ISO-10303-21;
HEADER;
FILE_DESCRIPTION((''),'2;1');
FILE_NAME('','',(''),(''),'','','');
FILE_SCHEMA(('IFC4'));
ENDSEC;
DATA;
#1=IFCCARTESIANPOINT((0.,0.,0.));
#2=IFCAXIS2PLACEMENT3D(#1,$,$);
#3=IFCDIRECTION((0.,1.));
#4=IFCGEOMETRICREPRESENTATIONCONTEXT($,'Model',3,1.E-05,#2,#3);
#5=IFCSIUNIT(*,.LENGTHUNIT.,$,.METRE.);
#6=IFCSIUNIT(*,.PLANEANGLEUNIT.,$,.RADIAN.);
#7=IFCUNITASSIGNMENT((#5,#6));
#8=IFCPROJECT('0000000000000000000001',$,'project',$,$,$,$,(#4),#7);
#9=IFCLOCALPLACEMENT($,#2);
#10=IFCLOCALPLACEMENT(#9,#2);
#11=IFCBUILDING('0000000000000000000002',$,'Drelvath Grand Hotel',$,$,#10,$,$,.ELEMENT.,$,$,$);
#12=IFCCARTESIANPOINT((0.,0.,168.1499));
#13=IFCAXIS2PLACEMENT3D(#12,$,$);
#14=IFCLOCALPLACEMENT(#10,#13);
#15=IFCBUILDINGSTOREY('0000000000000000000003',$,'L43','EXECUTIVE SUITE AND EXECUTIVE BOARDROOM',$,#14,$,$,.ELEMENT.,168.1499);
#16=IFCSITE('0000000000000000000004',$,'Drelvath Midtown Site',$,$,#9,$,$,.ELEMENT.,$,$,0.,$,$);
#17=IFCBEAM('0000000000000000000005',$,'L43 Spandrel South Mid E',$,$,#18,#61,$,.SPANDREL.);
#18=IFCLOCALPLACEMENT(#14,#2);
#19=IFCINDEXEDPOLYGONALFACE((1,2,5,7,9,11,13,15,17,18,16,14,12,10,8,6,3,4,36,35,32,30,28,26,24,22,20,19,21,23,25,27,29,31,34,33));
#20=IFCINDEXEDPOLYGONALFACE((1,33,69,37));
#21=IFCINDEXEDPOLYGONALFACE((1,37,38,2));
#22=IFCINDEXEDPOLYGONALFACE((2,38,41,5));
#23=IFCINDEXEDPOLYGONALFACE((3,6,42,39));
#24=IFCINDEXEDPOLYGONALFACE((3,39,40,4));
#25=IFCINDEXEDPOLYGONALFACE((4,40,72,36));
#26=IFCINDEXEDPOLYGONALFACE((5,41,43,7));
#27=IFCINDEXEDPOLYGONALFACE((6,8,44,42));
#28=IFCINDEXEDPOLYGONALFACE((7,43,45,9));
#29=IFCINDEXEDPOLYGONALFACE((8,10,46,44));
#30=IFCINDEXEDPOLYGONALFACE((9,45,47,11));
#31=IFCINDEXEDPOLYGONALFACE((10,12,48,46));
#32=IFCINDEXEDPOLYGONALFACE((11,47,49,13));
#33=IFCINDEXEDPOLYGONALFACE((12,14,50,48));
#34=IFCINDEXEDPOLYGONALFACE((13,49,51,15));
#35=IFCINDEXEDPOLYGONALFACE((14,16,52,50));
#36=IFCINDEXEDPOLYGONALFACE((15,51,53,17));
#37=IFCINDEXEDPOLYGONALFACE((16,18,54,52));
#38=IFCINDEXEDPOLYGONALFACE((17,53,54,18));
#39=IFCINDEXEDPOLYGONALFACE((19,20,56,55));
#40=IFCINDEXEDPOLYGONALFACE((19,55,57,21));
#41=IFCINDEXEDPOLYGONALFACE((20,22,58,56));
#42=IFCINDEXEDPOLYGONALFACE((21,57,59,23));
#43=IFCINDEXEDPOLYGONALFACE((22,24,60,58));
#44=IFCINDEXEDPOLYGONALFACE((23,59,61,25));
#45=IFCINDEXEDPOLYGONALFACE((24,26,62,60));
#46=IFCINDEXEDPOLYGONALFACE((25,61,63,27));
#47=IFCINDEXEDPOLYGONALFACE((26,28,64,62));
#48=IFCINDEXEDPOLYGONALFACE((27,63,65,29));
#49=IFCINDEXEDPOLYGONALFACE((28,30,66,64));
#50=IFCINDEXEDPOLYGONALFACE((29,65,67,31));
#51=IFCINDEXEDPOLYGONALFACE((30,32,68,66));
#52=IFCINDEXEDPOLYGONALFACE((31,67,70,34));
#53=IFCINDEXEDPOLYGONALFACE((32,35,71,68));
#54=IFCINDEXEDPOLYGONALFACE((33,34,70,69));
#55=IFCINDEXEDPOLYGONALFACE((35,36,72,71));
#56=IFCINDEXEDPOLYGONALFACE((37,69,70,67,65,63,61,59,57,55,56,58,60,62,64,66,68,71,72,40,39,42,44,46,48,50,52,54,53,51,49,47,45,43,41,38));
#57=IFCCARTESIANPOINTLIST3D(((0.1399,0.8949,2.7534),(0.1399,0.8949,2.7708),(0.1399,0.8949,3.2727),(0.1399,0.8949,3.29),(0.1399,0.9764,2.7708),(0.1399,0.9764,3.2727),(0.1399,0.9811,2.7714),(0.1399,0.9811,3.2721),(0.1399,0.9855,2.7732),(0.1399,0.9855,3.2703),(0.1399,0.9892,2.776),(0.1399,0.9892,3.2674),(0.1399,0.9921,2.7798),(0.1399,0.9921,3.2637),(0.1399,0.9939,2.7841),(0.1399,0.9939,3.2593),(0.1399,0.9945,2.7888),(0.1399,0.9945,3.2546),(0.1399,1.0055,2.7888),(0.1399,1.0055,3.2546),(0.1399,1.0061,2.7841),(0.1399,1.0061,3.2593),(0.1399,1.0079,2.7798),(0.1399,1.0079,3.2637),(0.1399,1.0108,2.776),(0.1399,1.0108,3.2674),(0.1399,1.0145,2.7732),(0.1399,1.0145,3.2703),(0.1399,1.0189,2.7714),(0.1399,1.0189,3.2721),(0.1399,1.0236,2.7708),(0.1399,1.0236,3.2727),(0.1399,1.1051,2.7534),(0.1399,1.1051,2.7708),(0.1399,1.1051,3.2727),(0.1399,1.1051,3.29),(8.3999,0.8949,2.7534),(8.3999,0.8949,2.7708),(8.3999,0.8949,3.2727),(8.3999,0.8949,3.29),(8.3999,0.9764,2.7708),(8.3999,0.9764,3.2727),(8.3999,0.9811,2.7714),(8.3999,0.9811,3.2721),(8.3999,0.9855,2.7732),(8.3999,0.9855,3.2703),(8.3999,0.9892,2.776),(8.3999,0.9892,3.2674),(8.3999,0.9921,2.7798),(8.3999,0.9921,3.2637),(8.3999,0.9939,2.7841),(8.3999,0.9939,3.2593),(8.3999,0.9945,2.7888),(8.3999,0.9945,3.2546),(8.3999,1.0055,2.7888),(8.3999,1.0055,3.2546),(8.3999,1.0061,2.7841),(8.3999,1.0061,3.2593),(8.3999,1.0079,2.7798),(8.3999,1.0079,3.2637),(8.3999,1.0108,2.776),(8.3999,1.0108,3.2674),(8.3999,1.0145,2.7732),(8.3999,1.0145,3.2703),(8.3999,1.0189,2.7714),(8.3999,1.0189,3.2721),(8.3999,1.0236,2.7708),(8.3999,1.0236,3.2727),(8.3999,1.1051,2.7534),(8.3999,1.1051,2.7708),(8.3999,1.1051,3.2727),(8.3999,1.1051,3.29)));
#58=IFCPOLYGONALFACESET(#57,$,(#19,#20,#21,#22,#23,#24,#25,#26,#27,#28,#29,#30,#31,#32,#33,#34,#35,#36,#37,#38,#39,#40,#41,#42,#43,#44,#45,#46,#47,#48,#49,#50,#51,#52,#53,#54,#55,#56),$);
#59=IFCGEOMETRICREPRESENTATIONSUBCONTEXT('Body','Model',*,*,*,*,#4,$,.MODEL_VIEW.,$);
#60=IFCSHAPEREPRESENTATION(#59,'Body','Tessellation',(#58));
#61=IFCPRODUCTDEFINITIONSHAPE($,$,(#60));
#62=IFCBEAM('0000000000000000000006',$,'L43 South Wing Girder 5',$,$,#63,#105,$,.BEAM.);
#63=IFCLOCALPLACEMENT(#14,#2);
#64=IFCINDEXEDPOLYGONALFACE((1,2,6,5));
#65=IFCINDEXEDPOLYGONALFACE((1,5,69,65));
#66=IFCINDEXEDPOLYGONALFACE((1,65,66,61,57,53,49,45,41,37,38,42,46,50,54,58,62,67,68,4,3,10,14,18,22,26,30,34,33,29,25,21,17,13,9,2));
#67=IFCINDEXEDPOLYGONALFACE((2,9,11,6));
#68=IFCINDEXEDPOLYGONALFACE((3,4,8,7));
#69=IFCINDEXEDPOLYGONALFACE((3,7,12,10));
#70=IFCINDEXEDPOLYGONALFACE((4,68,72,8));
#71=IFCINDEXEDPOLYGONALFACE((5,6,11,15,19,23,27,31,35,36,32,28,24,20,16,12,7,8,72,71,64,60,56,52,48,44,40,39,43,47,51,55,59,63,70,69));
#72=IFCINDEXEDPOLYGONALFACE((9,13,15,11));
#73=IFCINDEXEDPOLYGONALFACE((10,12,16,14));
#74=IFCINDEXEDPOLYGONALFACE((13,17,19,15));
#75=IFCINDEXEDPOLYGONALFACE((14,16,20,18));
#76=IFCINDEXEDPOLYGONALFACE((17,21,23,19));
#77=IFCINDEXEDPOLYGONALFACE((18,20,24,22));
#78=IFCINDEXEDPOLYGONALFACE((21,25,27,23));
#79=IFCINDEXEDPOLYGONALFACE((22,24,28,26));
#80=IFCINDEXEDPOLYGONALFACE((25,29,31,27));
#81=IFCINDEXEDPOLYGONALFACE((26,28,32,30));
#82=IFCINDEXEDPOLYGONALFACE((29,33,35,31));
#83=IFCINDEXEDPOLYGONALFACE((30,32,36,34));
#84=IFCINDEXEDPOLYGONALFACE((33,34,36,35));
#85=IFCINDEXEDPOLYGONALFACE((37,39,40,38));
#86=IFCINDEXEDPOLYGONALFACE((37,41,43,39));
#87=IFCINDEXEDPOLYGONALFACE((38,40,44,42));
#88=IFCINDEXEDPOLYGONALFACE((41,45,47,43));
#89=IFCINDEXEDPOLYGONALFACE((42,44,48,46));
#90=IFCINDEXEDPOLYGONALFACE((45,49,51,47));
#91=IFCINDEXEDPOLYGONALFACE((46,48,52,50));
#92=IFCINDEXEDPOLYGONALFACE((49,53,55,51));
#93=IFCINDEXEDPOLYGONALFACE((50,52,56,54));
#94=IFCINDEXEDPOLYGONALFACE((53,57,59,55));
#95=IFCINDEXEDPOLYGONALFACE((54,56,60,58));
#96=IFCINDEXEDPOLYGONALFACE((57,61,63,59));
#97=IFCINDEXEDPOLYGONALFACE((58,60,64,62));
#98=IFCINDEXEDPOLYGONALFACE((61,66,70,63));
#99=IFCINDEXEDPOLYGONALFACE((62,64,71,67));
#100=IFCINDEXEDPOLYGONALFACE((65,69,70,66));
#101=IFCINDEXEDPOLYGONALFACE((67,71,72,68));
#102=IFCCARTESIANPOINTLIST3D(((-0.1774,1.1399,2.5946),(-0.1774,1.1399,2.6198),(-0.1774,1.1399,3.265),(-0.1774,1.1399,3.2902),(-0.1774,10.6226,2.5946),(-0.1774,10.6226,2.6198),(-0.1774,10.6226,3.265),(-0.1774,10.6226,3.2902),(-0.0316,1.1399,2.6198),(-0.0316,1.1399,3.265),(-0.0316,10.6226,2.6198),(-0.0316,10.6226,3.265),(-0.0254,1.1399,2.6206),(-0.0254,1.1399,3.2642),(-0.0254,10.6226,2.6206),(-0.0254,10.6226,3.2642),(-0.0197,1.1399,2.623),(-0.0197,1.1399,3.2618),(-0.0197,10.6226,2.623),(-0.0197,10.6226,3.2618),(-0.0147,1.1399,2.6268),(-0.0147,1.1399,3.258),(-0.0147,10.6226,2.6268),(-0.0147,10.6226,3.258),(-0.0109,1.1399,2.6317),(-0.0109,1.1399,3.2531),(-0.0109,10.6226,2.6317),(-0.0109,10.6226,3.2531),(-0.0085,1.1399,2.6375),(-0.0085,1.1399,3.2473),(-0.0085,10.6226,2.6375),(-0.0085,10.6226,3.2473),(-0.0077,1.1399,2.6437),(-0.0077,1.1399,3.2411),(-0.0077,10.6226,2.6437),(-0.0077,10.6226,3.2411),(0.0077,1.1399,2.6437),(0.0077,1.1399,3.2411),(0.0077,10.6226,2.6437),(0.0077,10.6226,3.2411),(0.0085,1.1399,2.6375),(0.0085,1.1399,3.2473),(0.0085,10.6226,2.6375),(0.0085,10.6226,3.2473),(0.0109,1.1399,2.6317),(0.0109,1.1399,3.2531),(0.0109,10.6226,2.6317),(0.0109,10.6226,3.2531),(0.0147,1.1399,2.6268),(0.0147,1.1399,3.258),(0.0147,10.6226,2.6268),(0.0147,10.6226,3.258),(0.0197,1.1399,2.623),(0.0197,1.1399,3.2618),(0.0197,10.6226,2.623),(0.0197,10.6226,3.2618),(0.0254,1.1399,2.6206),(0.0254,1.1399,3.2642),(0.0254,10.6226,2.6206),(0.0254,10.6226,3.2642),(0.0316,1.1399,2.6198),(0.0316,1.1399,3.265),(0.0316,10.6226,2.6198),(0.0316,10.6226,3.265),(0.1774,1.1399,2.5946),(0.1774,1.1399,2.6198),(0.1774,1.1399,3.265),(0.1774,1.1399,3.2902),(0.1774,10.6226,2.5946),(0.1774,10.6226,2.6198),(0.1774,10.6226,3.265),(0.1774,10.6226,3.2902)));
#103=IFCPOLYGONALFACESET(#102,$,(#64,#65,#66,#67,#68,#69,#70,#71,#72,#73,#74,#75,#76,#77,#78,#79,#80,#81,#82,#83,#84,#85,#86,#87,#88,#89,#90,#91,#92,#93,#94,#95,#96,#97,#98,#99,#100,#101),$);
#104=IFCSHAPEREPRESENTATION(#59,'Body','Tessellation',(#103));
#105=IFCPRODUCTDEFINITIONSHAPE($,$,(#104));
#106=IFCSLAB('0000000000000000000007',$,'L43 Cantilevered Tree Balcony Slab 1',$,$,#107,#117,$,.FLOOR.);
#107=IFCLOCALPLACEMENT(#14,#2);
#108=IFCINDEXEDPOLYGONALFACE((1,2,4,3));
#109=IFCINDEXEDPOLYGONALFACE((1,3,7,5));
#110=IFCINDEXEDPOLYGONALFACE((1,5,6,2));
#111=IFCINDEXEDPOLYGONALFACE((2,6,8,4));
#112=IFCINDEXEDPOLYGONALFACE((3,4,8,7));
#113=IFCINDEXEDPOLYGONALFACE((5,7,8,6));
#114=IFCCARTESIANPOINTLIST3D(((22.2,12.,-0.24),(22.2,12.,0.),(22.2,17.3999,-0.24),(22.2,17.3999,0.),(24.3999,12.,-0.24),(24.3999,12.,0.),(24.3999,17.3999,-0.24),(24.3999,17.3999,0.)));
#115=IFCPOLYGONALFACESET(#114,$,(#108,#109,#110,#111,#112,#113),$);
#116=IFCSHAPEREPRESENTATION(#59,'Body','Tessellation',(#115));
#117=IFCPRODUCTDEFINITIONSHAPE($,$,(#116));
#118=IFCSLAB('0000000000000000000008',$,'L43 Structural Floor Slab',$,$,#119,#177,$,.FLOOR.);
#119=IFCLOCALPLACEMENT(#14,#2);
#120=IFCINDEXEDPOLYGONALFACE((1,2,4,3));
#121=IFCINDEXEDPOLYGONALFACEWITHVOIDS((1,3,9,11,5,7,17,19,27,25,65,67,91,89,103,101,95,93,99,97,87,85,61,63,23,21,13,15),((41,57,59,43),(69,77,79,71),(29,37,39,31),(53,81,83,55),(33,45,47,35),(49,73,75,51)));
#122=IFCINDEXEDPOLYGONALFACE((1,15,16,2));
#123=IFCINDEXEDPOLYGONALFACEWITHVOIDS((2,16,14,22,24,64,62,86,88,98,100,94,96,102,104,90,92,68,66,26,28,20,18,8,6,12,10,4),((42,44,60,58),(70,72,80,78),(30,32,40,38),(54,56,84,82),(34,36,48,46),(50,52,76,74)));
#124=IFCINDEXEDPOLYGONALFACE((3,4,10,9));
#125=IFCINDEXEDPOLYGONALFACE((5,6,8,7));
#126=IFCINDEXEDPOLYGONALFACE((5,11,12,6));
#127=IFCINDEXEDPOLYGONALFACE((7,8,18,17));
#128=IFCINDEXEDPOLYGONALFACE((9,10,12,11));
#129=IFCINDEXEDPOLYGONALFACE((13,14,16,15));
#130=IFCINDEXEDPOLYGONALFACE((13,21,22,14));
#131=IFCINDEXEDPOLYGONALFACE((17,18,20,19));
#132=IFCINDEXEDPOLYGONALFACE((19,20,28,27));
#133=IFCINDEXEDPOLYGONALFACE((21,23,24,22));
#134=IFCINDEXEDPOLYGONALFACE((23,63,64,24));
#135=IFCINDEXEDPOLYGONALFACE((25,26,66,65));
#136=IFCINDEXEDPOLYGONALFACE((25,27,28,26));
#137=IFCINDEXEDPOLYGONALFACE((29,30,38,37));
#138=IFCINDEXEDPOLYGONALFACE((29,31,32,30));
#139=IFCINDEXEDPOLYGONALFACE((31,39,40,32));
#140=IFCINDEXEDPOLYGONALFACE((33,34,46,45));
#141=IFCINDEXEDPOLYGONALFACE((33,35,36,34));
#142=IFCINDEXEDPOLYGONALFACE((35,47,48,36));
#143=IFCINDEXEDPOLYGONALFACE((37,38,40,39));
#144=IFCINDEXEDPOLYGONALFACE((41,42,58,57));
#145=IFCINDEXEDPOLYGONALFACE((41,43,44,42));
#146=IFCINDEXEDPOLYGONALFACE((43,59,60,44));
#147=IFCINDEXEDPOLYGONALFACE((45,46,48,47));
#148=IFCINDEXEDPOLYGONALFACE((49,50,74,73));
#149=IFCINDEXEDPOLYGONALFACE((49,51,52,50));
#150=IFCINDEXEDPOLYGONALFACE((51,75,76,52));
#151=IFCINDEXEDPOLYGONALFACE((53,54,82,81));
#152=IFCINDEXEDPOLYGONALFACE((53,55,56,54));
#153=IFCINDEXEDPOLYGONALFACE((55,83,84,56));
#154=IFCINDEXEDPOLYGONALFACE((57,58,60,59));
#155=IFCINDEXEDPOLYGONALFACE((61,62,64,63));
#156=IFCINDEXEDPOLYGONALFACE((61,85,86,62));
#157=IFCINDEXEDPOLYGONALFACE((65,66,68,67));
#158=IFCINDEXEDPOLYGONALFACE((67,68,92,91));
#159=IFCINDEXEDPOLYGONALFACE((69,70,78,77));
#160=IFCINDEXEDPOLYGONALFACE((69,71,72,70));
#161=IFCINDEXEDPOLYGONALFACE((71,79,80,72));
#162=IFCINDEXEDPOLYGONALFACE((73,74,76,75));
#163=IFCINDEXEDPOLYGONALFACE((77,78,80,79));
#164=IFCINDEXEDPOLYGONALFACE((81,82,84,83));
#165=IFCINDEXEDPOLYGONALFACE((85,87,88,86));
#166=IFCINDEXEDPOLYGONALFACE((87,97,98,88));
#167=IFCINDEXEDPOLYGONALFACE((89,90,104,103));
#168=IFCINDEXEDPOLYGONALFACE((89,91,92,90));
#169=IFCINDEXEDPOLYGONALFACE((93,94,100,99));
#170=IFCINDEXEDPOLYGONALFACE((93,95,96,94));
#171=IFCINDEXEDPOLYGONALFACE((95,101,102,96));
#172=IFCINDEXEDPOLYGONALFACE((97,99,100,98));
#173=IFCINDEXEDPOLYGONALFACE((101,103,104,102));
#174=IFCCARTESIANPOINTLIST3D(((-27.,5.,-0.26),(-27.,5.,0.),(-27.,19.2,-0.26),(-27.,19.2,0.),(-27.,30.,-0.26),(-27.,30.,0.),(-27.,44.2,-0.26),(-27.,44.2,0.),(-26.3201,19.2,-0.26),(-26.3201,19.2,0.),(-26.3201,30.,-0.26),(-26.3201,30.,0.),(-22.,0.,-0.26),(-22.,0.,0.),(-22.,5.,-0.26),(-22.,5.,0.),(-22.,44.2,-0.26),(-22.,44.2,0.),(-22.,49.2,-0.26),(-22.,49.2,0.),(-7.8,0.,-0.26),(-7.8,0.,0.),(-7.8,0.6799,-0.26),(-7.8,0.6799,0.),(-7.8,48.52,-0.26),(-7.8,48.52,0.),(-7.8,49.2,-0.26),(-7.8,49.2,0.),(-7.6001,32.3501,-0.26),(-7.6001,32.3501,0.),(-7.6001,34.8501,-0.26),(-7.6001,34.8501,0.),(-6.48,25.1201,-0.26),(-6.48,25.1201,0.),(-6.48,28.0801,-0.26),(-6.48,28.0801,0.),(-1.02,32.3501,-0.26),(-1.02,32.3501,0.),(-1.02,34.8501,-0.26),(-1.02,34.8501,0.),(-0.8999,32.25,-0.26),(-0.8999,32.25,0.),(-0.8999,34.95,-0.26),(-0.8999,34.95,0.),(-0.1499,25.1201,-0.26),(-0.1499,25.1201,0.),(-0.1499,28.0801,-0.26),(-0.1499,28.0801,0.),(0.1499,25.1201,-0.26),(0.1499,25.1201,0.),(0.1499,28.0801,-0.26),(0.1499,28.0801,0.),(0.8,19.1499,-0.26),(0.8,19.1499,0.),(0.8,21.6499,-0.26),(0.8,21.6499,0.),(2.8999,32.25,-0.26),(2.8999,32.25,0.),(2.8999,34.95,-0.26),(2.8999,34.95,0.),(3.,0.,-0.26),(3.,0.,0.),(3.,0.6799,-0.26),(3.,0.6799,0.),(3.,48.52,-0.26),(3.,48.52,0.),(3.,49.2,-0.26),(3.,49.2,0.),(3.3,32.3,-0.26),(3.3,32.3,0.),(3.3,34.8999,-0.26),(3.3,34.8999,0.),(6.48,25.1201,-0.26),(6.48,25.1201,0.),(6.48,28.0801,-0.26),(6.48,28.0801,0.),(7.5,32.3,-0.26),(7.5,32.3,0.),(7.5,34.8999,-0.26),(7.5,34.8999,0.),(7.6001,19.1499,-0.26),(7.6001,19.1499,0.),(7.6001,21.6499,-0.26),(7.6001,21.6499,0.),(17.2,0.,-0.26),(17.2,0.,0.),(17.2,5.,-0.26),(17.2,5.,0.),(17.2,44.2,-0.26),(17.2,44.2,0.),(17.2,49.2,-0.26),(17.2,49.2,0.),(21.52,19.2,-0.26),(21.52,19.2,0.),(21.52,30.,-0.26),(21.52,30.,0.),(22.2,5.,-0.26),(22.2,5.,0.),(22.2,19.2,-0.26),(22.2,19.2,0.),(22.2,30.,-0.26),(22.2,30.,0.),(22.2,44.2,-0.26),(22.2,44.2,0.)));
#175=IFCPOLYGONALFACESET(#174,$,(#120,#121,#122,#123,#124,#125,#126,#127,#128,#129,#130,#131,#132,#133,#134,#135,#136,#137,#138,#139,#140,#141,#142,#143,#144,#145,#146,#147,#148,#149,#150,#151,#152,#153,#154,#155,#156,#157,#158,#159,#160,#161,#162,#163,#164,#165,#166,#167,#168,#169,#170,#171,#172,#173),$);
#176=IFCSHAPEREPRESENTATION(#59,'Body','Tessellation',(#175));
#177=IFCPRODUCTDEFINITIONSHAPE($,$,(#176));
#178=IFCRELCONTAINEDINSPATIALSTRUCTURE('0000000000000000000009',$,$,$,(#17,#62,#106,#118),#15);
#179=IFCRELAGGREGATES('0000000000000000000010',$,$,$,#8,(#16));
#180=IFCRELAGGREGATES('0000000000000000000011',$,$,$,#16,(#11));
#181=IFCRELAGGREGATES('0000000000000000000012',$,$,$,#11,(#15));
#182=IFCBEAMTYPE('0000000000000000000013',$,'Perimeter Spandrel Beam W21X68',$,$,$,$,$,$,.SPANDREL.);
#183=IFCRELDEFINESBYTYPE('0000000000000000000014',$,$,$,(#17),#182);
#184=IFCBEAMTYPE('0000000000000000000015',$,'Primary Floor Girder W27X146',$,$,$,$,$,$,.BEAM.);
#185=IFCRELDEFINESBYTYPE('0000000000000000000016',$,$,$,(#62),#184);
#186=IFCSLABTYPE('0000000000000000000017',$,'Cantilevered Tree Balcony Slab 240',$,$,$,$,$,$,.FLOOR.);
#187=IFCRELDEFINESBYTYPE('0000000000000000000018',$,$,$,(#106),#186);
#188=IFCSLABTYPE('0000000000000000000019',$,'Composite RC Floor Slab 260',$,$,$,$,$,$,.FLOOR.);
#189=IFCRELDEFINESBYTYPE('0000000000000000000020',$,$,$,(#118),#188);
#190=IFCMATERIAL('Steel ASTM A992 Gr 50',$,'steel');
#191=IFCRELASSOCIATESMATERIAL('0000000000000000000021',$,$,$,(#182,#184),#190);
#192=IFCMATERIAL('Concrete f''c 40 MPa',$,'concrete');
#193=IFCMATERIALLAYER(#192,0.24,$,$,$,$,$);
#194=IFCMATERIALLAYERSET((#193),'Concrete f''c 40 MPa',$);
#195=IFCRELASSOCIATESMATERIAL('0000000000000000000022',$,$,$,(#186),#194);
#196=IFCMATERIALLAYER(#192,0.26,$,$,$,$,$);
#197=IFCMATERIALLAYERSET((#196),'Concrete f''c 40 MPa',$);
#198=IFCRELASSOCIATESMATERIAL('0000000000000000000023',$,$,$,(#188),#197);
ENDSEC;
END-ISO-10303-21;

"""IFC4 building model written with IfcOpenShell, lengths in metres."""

from ifc_helpers import new_model, si_unit, direction, frame, origin, origin_2d, place, context, subcontext, project, spatial, polyline, i_section, outline, extrude, material, layer, layer_set, material_profile, profile_set, type_object, element, save


model = new_model("IFC4")

# Units and contexts
model_context = context("Model", 3, precision=1e-05, world=origin(), true_north=direction((0.0, 1.0)))
body_context = subcontext(model_context, "Body", "Model", "MODEL_VIEW")
ifc_project = project(units=[si_unit("LENGTHUNIT", "METRE"), si_unit("PLANEANGLEUNIT", "RADIAN")], contexts=[model_context])

# Site, building, storey
site_placement = place(None, origin())
site = spatial("IfcSite", under=ifc_project, at=site_placement, Name="Drelvath Midtown Site", CompositionType="ELEMENT", RefElevation=0.0)
building_placement = place(site_placement, origin())
building = spatial("IfcBuilding", under=site, at=building_placement, Name="Drelvath Grand Hotel", CompositionType="ELEMENT")
storey_placement = place(building_placement, frame((0.0, 0.0, 168.1499)))
storey = spatial("IfcBuildingStorey", under=building, at=storey_placement, Name="L43", Description="EXECUTIVE SUITE AND EXECUTIVE BOARDROOM", CompositionType="ELEMENT", Elevation=168.1499)

# Beams
ifc_material_1 = material(Name="Steel ASTM A992 Gr 50", Category="steel")
ifc_material_profile_1 = material_profile(ifc_material_1, i_section(OverallWidth=0.2102, OverallDepth=0.5366, WebThickness=0.011, FlangeThickness=0.0173, FilletRadius=0.0181, at=origin_2d()), Name="W21X68")
ifc_profile_set_1 = profile_set([ifc_material_profile_1], Name="Steel ASTM A992 Gr 50")
beam_type_1 = type_object("IfcBeamType", Name="Perimeter Spandrel Beam W21X68", PredefinedType="SPANDREL", material=ifc_profile_set_1)
beam_1_placement = place(storey_placement, frame((0.1399, 1.0, 3.0217), z_axis=(1.0, 0.0, 0.0), x_axis=(0.0, 1.0, 0.0)))
element("IfcBeam", 1, at=beam_1_placement, inside=storey, type_object=beam_type_1, Name="L43 Spandrel South Mid E", PredefinedType="SPANDREL", context=body_context, shape_type="SweptSolid", body=[
    extrude(i_section(OverallWidth=0.2102, OverallDepth=0.5366, WebThickness=0.011, FlangeThickness=0.0173, FilletRadius=0.0181, at=origin_2d()), origin(), (0.0, 0.0, 1.0), 8.26),
])
ifc_material_profile_2 = material_profile(ifc_material_1, i_section(OverallWidth=0.3547, OverallDepth=0.6956, WebThickness=0.0154, FlangeThickness=0.0251, FilletRadius=0.0239, at=origin_2d()), Name="W27X146")
ifc_profile_set_2 = profile_set([ifc_material_profile_2], Name="Steel ASTM A992 Gr 50")
beam_type_2 = type_object("IfcBeamType", Name="Primary Floor Girder W27X146", PredefinedType="BEAM", material=ifc_profile_set_2)
beam_2_placement = place(storey_placement, frame((0.0, 1.1399, 2.9424), z_axis=(0.0, 1.0, 0.0), x_axis=(-1.0, 0.0, 0.0)))
element("IfcBeam", 2, at=beam_2_placement, inside=storey, type_object=beam_type_2, Name="L43 South Wing Girder 5", PredefinedType="BEAM", context=body_context, shape_type="SweptSolid", body=[
    extrude(i_section(OverallWidth=0.3547, OverallDepth=0.6956, WebThickness=0.0154, FlangeThickness=0.0251, FilletRadius=0.0239, at=origin_2d()), origin(), (0.0, 0.0, 1.0), 9.4827),
])

# Slabs
ifc_material_2 = material(Name="Concrete f'c 40 MPa", Category="concrete")
ifc_layer_1 = layer(ifc_material_2, 0.24)
ifc_layer_set_1 = layer_set([ifc_layer_1], Name="Concrete f'c 40 MPa")
slab_type_1 = type_object("IfcSlabType", Name="Cantilevered Tree Balcony Slab 240", PredefinedType="FLOOR", material=ifc_layer_set_1)
slab_1_placement = place(storey_placement, frame((0.0, 0.0, -0.24)))
element("IfcSlab", 3, at=slab_1_placement, inside=storey, type_object=slab_type_1, Name="L43 Cantilevered Tree Balcony Slab 1", PredefinedType="FLOOR", context=body_context, shape_type="SweptSolid", body=[
    extrude(outline(polyline([(22.2, 12.0), (24.3999, 12.0), (24.3999, 17.3999), (22.2, 17.3999), (22.2, 12.0)])), origin(), (0.0, 0.0, 1.0), 0.24),
])
ifc_layer_2 = layer(ifc_material_2, 0.26)
ifc_layer_set_2 = layer_set([ifc_layer_2], Name="Concrete f'c 40 MPa")
slab_type_2 = type_object("IfcSlabType", Name="Composite RC Floor Slab 260", PredefinedType="FLOOR", material=ifc_layer_set_2)
slab_2_placement = place(storey_placement, frame((0.0, 0.0, -0.26)))
element("IfcSlab", 4, at=slab_2_placement, inside=storey, type_object=slab_type_2, Name="L43 Structural Floor Slab", PredefinedType="FLOOR", context=body_context, shape_type="SweptSolid", body=[
    extrude(outline(polyline([(-22.0, 0.0), (-7.8, 0.0), (-7.8, 0.6799), (3.0, 0.6799), (3.0, 0.0), (17.2, 0.0), (17.2, 5.0), (22.2, 5.0), (22.2, 19.2), (21.52, 19.2), (21.52, 30.0), (22.2, 30.0), (22.2, 44.2), (17.2, 44.2), (17.2, 49.2), (3.0, 49.2), (3.0, 48.52), (-7.8, 48.52), (-7.8, 49.2), (-22.0, 49.2), (-22.0, 44.2), (-27.0, 44.2), (-27.0, 30.0), (-26.3201, 30.0), (-26.3201, 19.2), (-27.0, 19.2), (-27.0, 5.0), (-22.0, 5.0), (-22.0, 0.0)]), holes=[polyline([(-6.48, 25.1201), (-6.48, 28.0801), (-0.1499, 28.0801), (-0.1499, 25.1201), (-6.48, 25.1201)]), polyline([(0.1499, 25.1201), (0.1499, 28.0801), (6.48, 28.0801), (6.48, 25.1201), (0.1499, 25.1201)]), polyline([(0.8, 19.1499), (0.8, 21.6499), (7.6001, 21.6499), (7.6001, 19.1499), (0.8, 19.1499)]), polyline([(-7.6001, 32.3501), (-7.6001, 34.8501), (-1.02, 34.8501), (-1.02, 32.3501), (-7.6001, 32.3501)]), polyline([(-0.8999, 32.25), (-0.8999, 34.95), (2.8999, 34.95), (2.8999, 32.25), (-0.8999, 32.25)]), polyline([(3.3, 32.3), (3.3, 34.8999), (7.5, 34.8999), (7.5, 32.3), (3.3, 32.3)])]), origin(), (0.0, 0.0, 1.0), 0.26),
])

save(model, "model.ifc")
